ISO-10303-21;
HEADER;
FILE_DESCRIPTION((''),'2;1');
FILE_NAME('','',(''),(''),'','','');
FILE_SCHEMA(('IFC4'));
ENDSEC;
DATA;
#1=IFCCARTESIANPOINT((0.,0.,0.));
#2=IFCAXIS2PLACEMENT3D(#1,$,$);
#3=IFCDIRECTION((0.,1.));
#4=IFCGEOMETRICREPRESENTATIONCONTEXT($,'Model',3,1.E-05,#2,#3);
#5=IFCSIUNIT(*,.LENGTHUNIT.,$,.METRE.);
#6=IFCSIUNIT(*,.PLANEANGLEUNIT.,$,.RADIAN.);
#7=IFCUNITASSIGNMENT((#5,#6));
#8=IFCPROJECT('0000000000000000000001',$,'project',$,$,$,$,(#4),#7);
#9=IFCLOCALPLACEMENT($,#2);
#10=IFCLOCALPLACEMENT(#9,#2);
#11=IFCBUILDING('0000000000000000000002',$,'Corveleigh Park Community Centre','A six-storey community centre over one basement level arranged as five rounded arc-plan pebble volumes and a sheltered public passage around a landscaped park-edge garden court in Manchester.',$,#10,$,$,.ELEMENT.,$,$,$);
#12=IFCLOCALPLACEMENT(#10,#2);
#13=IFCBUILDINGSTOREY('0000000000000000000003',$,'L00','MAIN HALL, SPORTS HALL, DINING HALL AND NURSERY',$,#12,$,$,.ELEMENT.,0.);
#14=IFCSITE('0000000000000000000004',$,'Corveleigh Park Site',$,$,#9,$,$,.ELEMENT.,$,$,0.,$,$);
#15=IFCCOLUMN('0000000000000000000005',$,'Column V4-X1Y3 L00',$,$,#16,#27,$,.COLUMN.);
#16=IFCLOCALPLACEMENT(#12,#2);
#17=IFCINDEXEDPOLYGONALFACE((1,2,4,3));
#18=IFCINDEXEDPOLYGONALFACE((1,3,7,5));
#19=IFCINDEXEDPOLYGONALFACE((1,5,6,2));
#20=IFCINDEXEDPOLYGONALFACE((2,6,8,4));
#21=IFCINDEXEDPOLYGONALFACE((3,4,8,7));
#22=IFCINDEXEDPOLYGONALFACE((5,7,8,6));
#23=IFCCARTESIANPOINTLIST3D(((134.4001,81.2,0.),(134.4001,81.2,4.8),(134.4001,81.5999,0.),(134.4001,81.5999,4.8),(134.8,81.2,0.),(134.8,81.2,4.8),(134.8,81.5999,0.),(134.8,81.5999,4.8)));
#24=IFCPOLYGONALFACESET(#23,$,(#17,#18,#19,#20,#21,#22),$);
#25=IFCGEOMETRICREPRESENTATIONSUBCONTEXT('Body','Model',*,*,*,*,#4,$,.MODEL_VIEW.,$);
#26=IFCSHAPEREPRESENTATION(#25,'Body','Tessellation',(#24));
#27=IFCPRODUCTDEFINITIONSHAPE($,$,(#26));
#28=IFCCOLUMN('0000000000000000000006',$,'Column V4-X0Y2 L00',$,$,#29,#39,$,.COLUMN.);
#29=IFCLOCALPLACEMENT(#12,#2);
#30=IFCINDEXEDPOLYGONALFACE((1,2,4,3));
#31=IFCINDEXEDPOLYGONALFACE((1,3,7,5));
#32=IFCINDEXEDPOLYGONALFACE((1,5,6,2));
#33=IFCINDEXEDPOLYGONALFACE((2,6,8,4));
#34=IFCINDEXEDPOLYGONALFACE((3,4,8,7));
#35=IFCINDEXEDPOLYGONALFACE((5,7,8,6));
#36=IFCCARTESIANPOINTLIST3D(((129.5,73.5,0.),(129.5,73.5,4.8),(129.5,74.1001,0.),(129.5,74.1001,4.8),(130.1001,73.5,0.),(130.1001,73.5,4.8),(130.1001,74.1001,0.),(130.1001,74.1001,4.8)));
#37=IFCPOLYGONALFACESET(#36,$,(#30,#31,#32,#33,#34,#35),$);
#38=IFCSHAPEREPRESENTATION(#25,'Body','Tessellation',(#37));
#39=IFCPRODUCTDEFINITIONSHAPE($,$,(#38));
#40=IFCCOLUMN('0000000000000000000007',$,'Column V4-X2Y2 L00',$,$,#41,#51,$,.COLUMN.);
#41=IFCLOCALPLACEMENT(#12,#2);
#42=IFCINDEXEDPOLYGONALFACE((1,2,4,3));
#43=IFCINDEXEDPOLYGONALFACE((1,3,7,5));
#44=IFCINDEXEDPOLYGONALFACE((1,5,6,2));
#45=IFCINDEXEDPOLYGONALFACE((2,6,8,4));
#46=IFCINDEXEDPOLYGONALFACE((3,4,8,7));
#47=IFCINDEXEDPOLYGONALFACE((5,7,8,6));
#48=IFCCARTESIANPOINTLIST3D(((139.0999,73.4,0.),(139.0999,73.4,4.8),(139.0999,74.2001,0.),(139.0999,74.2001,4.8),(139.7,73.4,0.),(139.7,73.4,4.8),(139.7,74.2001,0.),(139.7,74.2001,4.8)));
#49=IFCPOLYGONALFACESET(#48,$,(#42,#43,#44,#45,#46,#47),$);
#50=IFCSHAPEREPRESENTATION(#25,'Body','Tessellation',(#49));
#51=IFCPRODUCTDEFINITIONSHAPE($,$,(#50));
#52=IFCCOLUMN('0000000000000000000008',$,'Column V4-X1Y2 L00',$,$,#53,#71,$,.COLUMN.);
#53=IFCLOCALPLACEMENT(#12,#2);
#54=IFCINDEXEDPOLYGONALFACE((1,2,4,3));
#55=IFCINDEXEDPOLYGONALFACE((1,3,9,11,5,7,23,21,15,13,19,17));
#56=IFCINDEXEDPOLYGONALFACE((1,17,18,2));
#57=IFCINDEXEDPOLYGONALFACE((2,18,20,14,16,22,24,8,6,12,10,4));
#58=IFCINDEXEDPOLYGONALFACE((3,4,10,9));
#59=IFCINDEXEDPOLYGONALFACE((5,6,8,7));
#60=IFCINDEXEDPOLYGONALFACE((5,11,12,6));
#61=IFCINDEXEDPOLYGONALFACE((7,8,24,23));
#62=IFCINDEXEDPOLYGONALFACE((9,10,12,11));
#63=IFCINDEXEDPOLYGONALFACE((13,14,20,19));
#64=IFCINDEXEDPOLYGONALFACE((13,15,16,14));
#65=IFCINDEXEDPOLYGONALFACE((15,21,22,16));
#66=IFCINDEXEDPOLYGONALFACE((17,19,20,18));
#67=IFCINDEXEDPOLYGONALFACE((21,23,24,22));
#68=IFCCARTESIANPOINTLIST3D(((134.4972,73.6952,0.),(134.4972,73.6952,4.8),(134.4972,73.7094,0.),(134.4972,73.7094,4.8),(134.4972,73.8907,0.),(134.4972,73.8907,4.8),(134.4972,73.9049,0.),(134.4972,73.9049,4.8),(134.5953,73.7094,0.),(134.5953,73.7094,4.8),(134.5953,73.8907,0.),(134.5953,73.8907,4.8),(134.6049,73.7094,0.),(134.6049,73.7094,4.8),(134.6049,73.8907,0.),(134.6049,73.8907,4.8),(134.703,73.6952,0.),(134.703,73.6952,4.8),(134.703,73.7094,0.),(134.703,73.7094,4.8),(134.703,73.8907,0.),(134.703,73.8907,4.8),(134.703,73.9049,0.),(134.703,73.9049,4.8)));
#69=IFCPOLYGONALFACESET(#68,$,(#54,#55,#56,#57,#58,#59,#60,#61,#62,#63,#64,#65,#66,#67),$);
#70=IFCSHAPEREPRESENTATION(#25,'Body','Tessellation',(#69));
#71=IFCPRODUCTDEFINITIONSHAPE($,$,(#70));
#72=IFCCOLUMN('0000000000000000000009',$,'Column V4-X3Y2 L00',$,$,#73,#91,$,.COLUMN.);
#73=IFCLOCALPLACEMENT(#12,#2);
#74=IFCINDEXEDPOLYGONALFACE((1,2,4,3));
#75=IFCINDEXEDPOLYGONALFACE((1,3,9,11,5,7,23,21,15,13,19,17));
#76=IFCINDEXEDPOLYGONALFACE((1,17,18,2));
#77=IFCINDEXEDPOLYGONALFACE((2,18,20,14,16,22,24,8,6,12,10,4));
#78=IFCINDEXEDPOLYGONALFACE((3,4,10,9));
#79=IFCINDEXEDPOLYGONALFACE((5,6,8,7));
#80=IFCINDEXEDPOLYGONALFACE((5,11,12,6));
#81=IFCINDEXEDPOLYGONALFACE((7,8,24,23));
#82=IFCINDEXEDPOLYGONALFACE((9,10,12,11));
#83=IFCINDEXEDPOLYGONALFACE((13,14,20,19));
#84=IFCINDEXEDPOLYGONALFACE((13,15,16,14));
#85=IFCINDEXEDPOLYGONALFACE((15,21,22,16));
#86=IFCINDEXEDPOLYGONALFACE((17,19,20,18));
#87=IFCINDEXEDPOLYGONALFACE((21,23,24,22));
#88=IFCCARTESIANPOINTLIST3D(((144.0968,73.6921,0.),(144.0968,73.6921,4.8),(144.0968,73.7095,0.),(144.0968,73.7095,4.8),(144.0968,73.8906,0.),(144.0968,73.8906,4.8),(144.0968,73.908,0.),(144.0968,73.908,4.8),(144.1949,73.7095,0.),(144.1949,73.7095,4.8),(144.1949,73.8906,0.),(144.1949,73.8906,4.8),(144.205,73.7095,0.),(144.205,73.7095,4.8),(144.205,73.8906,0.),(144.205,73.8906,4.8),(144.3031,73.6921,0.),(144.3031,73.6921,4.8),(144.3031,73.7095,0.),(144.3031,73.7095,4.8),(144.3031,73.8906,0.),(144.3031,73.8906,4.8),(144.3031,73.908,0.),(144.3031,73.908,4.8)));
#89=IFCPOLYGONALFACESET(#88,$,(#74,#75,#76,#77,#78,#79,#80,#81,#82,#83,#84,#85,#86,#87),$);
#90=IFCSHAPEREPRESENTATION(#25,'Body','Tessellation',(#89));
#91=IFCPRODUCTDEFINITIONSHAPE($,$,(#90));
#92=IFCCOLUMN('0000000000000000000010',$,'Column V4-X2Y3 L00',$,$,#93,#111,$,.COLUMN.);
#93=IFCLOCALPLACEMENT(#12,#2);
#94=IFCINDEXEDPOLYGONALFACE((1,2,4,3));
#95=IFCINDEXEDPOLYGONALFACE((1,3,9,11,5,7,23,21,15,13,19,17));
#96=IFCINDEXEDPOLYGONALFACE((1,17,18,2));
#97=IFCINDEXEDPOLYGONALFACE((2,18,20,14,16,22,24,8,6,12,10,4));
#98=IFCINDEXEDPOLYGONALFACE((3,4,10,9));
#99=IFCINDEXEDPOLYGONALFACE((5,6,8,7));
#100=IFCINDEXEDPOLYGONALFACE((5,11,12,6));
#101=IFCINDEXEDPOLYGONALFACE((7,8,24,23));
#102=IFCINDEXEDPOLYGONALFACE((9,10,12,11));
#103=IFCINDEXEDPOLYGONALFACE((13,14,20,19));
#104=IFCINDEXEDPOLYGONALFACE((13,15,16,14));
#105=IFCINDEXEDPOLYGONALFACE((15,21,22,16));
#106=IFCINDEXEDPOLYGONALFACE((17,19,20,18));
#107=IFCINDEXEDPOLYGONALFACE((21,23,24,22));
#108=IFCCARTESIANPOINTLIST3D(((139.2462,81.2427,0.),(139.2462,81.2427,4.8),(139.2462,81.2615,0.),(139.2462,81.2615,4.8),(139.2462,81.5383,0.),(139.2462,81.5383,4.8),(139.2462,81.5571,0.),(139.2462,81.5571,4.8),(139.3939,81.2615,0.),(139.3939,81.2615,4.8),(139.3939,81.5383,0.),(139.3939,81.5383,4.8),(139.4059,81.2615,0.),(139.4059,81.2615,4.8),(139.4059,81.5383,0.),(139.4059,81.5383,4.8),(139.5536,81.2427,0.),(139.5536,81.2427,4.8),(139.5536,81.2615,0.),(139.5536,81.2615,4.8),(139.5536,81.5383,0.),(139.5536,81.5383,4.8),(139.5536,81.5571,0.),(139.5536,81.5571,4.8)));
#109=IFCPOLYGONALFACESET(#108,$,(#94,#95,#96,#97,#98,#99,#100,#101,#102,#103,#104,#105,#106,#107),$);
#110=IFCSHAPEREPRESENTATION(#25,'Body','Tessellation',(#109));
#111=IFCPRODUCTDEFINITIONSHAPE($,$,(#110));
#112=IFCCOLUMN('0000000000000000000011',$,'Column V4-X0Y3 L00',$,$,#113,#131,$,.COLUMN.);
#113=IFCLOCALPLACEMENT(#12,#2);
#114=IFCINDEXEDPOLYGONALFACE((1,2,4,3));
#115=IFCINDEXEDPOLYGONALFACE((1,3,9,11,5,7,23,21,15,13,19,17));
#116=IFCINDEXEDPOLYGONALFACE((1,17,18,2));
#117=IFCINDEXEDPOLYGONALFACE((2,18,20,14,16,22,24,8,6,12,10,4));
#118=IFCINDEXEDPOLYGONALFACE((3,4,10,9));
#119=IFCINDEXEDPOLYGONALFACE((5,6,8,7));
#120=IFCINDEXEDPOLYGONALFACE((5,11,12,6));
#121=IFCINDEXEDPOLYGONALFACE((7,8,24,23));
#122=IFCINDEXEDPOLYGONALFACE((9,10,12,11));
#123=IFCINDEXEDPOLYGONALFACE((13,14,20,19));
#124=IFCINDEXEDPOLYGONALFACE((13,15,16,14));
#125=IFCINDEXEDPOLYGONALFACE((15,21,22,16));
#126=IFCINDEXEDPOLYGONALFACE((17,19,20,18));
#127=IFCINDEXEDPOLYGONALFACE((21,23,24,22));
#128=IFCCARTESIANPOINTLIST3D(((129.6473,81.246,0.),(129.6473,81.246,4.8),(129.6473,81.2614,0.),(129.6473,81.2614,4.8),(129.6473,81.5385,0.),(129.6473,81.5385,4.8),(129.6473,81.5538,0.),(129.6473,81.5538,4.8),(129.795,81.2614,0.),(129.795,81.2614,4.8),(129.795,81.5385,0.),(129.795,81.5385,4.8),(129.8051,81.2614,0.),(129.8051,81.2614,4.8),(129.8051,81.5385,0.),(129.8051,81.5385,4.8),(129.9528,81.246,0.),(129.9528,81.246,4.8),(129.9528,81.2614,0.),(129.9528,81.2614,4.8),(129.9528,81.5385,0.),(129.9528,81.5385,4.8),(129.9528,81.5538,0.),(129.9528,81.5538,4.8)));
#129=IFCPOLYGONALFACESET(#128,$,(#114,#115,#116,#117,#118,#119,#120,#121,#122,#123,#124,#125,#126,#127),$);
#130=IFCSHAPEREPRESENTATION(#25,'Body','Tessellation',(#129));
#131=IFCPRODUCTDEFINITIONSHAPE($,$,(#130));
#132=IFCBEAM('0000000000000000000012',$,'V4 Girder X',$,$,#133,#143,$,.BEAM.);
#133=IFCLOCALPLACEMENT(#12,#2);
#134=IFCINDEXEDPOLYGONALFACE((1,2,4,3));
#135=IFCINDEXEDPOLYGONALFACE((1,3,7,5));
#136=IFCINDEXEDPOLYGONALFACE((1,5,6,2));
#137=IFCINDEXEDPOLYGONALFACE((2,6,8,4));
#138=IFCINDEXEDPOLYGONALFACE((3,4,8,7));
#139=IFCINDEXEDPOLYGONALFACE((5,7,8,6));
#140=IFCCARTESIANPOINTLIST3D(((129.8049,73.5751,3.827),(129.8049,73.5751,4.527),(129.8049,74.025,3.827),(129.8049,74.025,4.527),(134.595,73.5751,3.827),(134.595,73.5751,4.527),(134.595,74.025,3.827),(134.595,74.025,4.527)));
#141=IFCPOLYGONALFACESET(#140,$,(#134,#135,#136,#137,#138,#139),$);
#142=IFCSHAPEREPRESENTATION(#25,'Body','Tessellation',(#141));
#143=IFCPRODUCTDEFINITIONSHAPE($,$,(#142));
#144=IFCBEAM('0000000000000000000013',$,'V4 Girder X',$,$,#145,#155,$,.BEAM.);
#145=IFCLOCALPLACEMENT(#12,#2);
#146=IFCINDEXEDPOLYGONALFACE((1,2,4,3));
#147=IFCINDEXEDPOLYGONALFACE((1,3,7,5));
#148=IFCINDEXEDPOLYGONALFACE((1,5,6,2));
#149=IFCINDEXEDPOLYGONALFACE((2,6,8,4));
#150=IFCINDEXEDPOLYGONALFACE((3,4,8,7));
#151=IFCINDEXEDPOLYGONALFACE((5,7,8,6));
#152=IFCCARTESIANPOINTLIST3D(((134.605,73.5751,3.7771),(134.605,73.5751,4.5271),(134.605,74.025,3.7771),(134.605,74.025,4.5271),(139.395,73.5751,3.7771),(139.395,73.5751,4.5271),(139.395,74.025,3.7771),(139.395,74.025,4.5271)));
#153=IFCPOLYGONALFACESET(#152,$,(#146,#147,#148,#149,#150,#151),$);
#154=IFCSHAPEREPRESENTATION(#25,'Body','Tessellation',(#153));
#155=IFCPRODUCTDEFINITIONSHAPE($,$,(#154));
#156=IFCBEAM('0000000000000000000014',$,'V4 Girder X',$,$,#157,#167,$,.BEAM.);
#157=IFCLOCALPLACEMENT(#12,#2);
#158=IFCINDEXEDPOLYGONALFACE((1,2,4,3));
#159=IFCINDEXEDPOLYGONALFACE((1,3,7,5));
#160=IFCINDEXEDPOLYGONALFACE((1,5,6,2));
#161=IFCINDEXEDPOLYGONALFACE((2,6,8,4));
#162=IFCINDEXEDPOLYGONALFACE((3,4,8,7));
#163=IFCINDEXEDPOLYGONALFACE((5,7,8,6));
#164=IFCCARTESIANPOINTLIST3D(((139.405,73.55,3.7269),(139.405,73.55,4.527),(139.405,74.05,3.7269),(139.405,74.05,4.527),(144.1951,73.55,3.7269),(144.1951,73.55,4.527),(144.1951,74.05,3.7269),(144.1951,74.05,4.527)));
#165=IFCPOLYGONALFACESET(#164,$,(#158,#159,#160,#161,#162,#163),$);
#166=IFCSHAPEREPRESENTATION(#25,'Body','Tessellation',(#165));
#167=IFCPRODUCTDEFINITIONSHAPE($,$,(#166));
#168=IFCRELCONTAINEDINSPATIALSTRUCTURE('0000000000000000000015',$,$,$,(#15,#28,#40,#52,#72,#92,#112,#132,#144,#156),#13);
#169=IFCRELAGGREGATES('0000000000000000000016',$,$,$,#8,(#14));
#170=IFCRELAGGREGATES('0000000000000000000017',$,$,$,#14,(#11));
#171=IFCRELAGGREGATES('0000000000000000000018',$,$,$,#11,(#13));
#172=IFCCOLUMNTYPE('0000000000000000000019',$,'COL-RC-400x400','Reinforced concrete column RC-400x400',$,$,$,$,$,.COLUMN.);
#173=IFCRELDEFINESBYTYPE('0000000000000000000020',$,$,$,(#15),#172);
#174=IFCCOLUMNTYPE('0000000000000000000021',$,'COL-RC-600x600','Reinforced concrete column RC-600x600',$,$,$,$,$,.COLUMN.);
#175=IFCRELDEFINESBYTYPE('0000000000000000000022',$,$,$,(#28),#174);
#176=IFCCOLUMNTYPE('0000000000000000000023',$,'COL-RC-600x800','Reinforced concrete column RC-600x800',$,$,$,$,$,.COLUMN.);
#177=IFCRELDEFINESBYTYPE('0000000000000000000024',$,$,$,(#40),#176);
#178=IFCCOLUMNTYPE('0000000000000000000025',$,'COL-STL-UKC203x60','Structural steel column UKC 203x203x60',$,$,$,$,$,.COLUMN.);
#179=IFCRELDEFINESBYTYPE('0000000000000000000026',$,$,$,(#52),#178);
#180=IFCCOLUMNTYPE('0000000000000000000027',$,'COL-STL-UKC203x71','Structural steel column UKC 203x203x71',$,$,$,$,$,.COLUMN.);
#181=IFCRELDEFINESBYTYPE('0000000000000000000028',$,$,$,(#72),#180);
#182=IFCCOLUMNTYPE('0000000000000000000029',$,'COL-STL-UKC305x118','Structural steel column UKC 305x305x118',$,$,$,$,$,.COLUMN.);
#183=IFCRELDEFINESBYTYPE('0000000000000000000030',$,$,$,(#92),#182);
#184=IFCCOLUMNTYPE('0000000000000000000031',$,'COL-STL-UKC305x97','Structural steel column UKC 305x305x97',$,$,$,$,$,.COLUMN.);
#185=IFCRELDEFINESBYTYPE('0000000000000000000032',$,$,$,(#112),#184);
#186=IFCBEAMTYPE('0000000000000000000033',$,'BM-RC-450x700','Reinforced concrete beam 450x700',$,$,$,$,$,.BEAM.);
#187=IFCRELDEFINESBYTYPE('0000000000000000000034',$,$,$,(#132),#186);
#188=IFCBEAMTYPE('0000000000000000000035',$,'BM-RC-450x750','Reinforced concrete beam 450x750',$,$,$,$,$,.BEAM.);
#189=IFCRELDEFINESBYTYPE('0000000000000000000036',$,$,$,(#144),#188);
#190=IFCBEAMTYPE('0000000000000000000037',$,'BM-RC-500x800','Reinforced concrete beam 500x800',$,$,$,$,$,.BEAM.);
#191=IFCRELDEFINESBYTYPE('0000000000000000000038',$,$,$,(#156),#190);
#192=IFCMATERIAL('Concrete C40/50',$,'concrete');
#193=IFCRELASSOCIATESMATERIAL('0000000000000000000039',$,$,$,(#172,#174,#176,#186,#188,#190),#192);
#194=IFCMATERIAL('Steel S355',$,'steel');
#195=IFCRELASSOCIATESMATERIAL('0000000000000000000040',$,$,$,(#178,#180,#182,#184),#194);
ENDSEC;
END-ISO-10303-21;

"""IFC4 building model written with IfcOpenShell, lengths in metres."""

from ifc_helpers import new_model, si_unit, direction, frame, origin, origin_2d, place, context, subcontext, project, spatial, rectangle, i_section, extrude, material, material_profile, profile_set, type_object, element, save


model = new_model("IFC4")

# Units and contexts
model_context = context("Model", 3, precision=1e-05, world=origin(), true_north=direction((0.0, 1.0)))
body_context = subcontext(model_context, "Body", "Model", "MODEL_VIEW")
ifc_project = project(units=[si_unit("LENGTHUNIT", "METRE"), si_unit("PLANEANGLEUNIT", "RADIAN")], contexts=[model_context])

# Site, building, storey
site_placement = place(None, origin())
site = spatial("IfcSite", under=ifc_project, at=site_placement, Name="Corveleigh Park Site", CompositionType="ELEMENT", RefElevation=0.0)
building_placement = place(site_placement, origin())
building = spatial("IfcBuilding", under=site, at=building_placement, Name="Corveleigh Park Community Centre", Description="A six-storey community centre over one basement level arranged as five rounded arc-plan pebble volumes and a sheltered public passage around a landscaped park-edge garden court in Manchester.", CompositionType="ELEMENT")
storey_placement = place(building_placement, origin())
storey = spatial("IfcBuildingStorey", under=building, at=storey_placement, Name="L00", Description="MAIN HALL, SPORTS HALL, DINING HALL AND NURSERY", CompositionType="ELEMENT", Elevation=0.0)

# Columns
ifc_material_1 = material(Name="Concrete C40/50", Category="concrete")
ifc_material_profile_1 = material_profile(ifc_material_1, rectangle(XDim=0.3999, YDim=0.3999, at=origin_2d()), Name="RC-400x400", Category="concrete")
ifc_profile_set_1 = profile_set([ifc_material_profile_1], Name="Concrete C40/50")
column_type_1 = type_object("IfcColumnType", Name="COL-RC-400x400", Description="Reinforced concrete column RC-400x400", PredefinedType="COLUMN", material=ifc_profile_set_1)
column_1_placement = place(storey_placement, frame((134.6001, 81.3999, 0.0), z_axis=(0.0, 0.0, 1.0), x_axis=(1.0, 0.0, 0.0)))
element("IfcColumn", 1, at=column_1_placement, inside=storey, type_object=column_type_1, Name="Column V4-X1Y3 L00", PredefinedType="COLUMN", context=body_context, shape_type="SweptSolid", body=[
    extrude(rectangle(XDim=0.3999, YDim=0.3999, at=origin_2d()), origin(), (0.0, 0.0, 1.0), 4.8),
])
ifc_material_profile_2 = material_profile(ifc_material_1, rectangle(XDim=0.6001, YDim=0.6001, at=origin_2d()), Name="RC-600x600", Category="concrete")
ifc_profile_set_2 = profile_set([ifc_material_profile_2], Name="Concrete C40/50")
column_type_2 = type_object("IfcColumnType", Name="COL-RC-600x600", Description="Reinforced concrete column RC-600x600", PredefinedType="COLUMN", material=ifc_profile_set_2)
column_2_placement = place(storey_placement, frame((129.8, 73.8, 0.0), z_axis=(0.0, 0.0, 1.0), x_axis=(1.0, 0.0, 0.0)))
element("IfcColumn", 2, at=column_2_placement, inside=storey, type_object=column_type_2, Name="Column V4-X0Y2 L00", PredefinedType="COLUMN", context=body_context, shape_type="SweptSolid", body=[
    extrude(rectangle(XDim=0.6001, YDim=0.6001, at=origin_2d()), origin(), (0.0, 0.0, 1.0), 4.8),
])
ifc_material_profile_3 = material_profile(ifc_material_1, rectangle(XDim=0.6001, YDim=0.8, at=origin_2d()), Name="RC-600x800", Category="concrete")
ifc_profile_set_3 = profile_set([ifc_material_profile_3], Name="Concrete C40/50")
column_type_3 = type_object("IfcColumnType", Name="COL-RC-600x800", Description="Reinforced concrete column RC-600x800", PredefinedType="COLUMN", material=ifc_profile_set_3)
column_3_placement = place(storey_placement, frame((139.3999, 73.8, 0.0), z_axis=(0.0, 0.0, 1.0), x_axis=(1.0, 0.0, 0.0)))
element("IfcColumn", 3, at=column_3_placement, inside=storey, type_object=column_type_3, Name="Column V4-X2Y2 L00", PredefinedType="COLUMN", context=body_context, shape_type="SweptSolid", body=[
    extrude(rectangle(XDim=0.6001, YDim=0.8, at=origin_2d()), origin(), (0.0, 0.0, 1.0), 4.8),
])
ifc_material_2 = material(Name="Steel S355", Category="steel")
ifc_material_profile_4 = material_profile(ifc_material_2, i_section(OverallWidth=0.2058, OverallDepth=0.2097, WebThickness=0.0095, FlangeThickness=0.0142, at=origin_2d()), Name="UKC 203x203x60", Category="steel")
ifc_profile_set_4 = profile_set([ifc_material_profile_4], Name="Steel S355")
column_type_4 = type_object("IfcColumnType", Name="COL-STL-UKC203x60", Description="Structural steel column UKC 203x203x60", PredefinedType="COLUMN", material=ifc_profile_set_4)
column_4_placement = place(storey_placement, frame((134.6001, 73.8, 0.0), z_axis=(0.0, 0.0, 1.0), x_axis=(1.0, 0.0, 0.0)))
element("IfcColumn", 4, at=column_4_placement, inside=storey, type_object=column_type_4, Name="Column V4-X1Y2 L00", PredefinedType="COLUMN", context=body_context, shape_type="SweptSolid", body=[
    extrude(i_section(OverallWidth=0.2058, OverallDepth=0.2097, WebThickness=0.0095, FlangeThickness=0.0142, at=origin_2d()), origin(), (0.0, 0.0, 1.0), 4.8),
])
ifc_material_profile_5 = material_profile(ifc_material_2, i_section(OverallWidth=0.2063, OverallDepth=0.2158, WebThickness=0.01, FlangeThickness=0.0173, at=origin_2d()), Name="UKC 203x203x71", Category="steel")
ifc_profile_set_5 = profile_set([ifc_material_profile_5], Name="Steel S355")
column_type_5 = type_object("IfcColumnType", Name="COL-STL-UKC203x71", Description="Structural steel column UKC 203x203x71", PredefinedType="COLUMN", material=ifc_profile_set_5)
column_5_placement = place(storey_placement, frame((144.2, 73.8, 0.0), z_axis=(0.0, 0.0, 1.0), x_axis=(1.0, 0.0, 0.0)))
element("IfcColumn", 5, at=column_5_placement, inside=storey, type_object=column_type_5, Name="Column V4-X3Y2 L00", PredefinedType="COLUMN", context=body_context, shape_type="SweptSolid", body=[
    extrude(i_section(OverallWidth=0.2063, OverallDepth=0.2158, WebThickness=0.01, FlangeThickness=0.0173, at=origin_2d()), origin(), (0.0, 0.0, 1.0), 4.8),
])
ifc_material_profile_6 = material_profile(ifc_material_2, i_section(OverallWidth=0.3074, OverallDepth=0.3145, WebThickness=0.012, FlangeThickness=0.0188, at=origin_2d()), Name="UKC 305x305x118", Category="steel")
ifc_profile_set_6 = profile_set([ifc_material_profile_6], Name="Steel S355")
column_type_6 = type_object("IfcColumnType", Name="COL-STL-UKC305x118", Description="Structural steel column UKC 305x305x118", PredefinedType="COLUMN", material=ifc_profile_set_6)
column_6_placement = place(storey_placement, frame((139.3999, 81.3999, 0.0), z_axis=(0.0, 0.0, 1.0), x_axis=(1.0, 0.0, 0.0)))
element("IfcColumn", 6, at=column_6_placement, inside=storey, type_object=column_type_6, Name="Column V4-X2Y3 L00", PredefinedType="COLUMN", context=body_context, shape_type="SweptSolid", body=[
    extrude(i_section(OverallWidth=0.3074, OverallDepth=0.3145, WebThickness=0.012, FlangeThickness=0.0188, at=origin_2d()), origin(), (0.0, 0.0, 1.0), 4.8),
])
ifc_material_profile_7 = material_profile(ifc_material_2, i_section(OverallWidth=0.3054, OverallDepth=0.3079, WebThickness=0.01, FlangeThickness=0.0154, at=origin_2d()), Name="UKC 305x305x97", Category="steel")
ifc_profile_set_7 = profile_set([ifc_material_profile_7], Name="Steel S355")
column_type_7 = type_object("IfcColumnType", Name="COL-STL-UKC305x97", Description="Structural steel column UKC 305x305x97", PredefinedType="COLUMN", material=ifc_profile_set_7)
column_7_placement = place(storey_placement, frame((129.8, 81.3999, 0.0), z_axis=(0.0, 0.0, 1.0), x_axis=(1.0, 0.0, 0.0)))
element("IfcColumn", 7, at=column_7_placement, inside=storey, type_object=column_type_7, Name="Column V4-X0Y3 L00", PredefinedType="COLUMN", context=body_context, shape_type="SweptSolid", body=[
    extrude(i_section(OverallWidth=0.3054, OverallDepth=0.3079, WebThickness=0.01, FlangeThickness=0.0154, at=origin_2d()), origin(), (0.0, 0.0, 1.0), 4.8),
])

# Beams
ifc_material_profile_8 = material_profile(ifc_material_1, rectangle(XDim=0.45, YDim=0.7, at=origin_2d()), Name="RC-450x700", Category="concrete")
ifc_profile_set_8 = profile_set([ifc_material_profile_8], Name="Concrete C40/50")
beam_type_1 = type_object("IfcBeamType", Name="BM-RC-450x700", Description="Reinforced concrete beam 450x700", PredefinedType="BEAM", material=ifc_profile_set_8)
beam_1_placement = place(storey_placement, frame((129.8049, 73.8, 4.177), z_axis=(1.0, 0.0, 0.0), x_axis=(0.0, 1.0, 0.0)))
element("IfcBeam", 8, at=beam_1_placement, inside=storey, type_object=beam_type_1, Name="V4 Girder X", PredefinedType="BEAM", context=body_context, shape_type="SweptSolid", body=[
    extrude(rectangle(XDim=0.45, YDim=0.7, at=origin_2d()), origin(), (0.0, 0.0, 1.0), 4.79),
])
ifc_material_profile_9 = material_profile(ifc_material_1, rectangle(XDim=0.45, YDim=0.75, at=origin_2d()), Name="RC-450x750", Category="concrete")
ifc_profile_set_9 = profile_set([ifc_material_profile_9], Name="Concrete C40/50")
beam_type_2 = type_object("IfcBeamType", Name="BM-RC-450x750", Description="Reinforced concrete beam 450x750", PredefinedType="BEAM", material=ifc_profile_set_9)
beam_2_placement = place(storey_placement, frame((134.605, 73.8, 4.1521), z_axis=(1.0, 0.0, 0.0), x_axis=(0.0, 1.0, 0.0)))
element("IfcBeam", 9, at=beam_2_placement, inside=storey, type_object=beam_type_2, Name="V4 Girder X", PredefinedType="BEAM", context=body_context, shape_type="SweptSolid", body=[
    extrude(rectangle(XDim=0.45, YDim=0.75, at=origin_2d()), origin(), (0.0, 0.0, 1.0), 4.79),
])
ifc_material_profile_10 = material_profile(ifc_material_1, rectangle(XDim=0.5, YDim=0.8, at=origin_2d()), Name="RC-500x800", Category="concrete")
ifc_profile_set_10 = profile_set([ifc_material_profile_10], Name="Concrete C40/50")
beam_type_3 = type_object("IfcBeamType", Name="BM-RC-500x800", Description="Reinforced concrete beam 500x800", PredefinedType="BEAM", material=ifc_profile_set_10)
beam_3_placement = place(storey_placement, frame((139.405, 73.8, 4.127), z_axis=(1.0, 0.0, 0.0), x_axis=(0.0, 1.0, 0.0)))
element("IfcBeam", 10, at=beam_3_placement, inside=storey, type_object=beam_type_3, Name="V4 Girder X", PredefinedType="BEAM", context=body_context, shape_type="SweptSolid", body=[
    extrude(rectangle(XDim=0.5, YDim=0.8, at=origin_2d()), origin(), (0.0, 0.0, 1.0), 4.79),
])

save(model, "model.ifc")
